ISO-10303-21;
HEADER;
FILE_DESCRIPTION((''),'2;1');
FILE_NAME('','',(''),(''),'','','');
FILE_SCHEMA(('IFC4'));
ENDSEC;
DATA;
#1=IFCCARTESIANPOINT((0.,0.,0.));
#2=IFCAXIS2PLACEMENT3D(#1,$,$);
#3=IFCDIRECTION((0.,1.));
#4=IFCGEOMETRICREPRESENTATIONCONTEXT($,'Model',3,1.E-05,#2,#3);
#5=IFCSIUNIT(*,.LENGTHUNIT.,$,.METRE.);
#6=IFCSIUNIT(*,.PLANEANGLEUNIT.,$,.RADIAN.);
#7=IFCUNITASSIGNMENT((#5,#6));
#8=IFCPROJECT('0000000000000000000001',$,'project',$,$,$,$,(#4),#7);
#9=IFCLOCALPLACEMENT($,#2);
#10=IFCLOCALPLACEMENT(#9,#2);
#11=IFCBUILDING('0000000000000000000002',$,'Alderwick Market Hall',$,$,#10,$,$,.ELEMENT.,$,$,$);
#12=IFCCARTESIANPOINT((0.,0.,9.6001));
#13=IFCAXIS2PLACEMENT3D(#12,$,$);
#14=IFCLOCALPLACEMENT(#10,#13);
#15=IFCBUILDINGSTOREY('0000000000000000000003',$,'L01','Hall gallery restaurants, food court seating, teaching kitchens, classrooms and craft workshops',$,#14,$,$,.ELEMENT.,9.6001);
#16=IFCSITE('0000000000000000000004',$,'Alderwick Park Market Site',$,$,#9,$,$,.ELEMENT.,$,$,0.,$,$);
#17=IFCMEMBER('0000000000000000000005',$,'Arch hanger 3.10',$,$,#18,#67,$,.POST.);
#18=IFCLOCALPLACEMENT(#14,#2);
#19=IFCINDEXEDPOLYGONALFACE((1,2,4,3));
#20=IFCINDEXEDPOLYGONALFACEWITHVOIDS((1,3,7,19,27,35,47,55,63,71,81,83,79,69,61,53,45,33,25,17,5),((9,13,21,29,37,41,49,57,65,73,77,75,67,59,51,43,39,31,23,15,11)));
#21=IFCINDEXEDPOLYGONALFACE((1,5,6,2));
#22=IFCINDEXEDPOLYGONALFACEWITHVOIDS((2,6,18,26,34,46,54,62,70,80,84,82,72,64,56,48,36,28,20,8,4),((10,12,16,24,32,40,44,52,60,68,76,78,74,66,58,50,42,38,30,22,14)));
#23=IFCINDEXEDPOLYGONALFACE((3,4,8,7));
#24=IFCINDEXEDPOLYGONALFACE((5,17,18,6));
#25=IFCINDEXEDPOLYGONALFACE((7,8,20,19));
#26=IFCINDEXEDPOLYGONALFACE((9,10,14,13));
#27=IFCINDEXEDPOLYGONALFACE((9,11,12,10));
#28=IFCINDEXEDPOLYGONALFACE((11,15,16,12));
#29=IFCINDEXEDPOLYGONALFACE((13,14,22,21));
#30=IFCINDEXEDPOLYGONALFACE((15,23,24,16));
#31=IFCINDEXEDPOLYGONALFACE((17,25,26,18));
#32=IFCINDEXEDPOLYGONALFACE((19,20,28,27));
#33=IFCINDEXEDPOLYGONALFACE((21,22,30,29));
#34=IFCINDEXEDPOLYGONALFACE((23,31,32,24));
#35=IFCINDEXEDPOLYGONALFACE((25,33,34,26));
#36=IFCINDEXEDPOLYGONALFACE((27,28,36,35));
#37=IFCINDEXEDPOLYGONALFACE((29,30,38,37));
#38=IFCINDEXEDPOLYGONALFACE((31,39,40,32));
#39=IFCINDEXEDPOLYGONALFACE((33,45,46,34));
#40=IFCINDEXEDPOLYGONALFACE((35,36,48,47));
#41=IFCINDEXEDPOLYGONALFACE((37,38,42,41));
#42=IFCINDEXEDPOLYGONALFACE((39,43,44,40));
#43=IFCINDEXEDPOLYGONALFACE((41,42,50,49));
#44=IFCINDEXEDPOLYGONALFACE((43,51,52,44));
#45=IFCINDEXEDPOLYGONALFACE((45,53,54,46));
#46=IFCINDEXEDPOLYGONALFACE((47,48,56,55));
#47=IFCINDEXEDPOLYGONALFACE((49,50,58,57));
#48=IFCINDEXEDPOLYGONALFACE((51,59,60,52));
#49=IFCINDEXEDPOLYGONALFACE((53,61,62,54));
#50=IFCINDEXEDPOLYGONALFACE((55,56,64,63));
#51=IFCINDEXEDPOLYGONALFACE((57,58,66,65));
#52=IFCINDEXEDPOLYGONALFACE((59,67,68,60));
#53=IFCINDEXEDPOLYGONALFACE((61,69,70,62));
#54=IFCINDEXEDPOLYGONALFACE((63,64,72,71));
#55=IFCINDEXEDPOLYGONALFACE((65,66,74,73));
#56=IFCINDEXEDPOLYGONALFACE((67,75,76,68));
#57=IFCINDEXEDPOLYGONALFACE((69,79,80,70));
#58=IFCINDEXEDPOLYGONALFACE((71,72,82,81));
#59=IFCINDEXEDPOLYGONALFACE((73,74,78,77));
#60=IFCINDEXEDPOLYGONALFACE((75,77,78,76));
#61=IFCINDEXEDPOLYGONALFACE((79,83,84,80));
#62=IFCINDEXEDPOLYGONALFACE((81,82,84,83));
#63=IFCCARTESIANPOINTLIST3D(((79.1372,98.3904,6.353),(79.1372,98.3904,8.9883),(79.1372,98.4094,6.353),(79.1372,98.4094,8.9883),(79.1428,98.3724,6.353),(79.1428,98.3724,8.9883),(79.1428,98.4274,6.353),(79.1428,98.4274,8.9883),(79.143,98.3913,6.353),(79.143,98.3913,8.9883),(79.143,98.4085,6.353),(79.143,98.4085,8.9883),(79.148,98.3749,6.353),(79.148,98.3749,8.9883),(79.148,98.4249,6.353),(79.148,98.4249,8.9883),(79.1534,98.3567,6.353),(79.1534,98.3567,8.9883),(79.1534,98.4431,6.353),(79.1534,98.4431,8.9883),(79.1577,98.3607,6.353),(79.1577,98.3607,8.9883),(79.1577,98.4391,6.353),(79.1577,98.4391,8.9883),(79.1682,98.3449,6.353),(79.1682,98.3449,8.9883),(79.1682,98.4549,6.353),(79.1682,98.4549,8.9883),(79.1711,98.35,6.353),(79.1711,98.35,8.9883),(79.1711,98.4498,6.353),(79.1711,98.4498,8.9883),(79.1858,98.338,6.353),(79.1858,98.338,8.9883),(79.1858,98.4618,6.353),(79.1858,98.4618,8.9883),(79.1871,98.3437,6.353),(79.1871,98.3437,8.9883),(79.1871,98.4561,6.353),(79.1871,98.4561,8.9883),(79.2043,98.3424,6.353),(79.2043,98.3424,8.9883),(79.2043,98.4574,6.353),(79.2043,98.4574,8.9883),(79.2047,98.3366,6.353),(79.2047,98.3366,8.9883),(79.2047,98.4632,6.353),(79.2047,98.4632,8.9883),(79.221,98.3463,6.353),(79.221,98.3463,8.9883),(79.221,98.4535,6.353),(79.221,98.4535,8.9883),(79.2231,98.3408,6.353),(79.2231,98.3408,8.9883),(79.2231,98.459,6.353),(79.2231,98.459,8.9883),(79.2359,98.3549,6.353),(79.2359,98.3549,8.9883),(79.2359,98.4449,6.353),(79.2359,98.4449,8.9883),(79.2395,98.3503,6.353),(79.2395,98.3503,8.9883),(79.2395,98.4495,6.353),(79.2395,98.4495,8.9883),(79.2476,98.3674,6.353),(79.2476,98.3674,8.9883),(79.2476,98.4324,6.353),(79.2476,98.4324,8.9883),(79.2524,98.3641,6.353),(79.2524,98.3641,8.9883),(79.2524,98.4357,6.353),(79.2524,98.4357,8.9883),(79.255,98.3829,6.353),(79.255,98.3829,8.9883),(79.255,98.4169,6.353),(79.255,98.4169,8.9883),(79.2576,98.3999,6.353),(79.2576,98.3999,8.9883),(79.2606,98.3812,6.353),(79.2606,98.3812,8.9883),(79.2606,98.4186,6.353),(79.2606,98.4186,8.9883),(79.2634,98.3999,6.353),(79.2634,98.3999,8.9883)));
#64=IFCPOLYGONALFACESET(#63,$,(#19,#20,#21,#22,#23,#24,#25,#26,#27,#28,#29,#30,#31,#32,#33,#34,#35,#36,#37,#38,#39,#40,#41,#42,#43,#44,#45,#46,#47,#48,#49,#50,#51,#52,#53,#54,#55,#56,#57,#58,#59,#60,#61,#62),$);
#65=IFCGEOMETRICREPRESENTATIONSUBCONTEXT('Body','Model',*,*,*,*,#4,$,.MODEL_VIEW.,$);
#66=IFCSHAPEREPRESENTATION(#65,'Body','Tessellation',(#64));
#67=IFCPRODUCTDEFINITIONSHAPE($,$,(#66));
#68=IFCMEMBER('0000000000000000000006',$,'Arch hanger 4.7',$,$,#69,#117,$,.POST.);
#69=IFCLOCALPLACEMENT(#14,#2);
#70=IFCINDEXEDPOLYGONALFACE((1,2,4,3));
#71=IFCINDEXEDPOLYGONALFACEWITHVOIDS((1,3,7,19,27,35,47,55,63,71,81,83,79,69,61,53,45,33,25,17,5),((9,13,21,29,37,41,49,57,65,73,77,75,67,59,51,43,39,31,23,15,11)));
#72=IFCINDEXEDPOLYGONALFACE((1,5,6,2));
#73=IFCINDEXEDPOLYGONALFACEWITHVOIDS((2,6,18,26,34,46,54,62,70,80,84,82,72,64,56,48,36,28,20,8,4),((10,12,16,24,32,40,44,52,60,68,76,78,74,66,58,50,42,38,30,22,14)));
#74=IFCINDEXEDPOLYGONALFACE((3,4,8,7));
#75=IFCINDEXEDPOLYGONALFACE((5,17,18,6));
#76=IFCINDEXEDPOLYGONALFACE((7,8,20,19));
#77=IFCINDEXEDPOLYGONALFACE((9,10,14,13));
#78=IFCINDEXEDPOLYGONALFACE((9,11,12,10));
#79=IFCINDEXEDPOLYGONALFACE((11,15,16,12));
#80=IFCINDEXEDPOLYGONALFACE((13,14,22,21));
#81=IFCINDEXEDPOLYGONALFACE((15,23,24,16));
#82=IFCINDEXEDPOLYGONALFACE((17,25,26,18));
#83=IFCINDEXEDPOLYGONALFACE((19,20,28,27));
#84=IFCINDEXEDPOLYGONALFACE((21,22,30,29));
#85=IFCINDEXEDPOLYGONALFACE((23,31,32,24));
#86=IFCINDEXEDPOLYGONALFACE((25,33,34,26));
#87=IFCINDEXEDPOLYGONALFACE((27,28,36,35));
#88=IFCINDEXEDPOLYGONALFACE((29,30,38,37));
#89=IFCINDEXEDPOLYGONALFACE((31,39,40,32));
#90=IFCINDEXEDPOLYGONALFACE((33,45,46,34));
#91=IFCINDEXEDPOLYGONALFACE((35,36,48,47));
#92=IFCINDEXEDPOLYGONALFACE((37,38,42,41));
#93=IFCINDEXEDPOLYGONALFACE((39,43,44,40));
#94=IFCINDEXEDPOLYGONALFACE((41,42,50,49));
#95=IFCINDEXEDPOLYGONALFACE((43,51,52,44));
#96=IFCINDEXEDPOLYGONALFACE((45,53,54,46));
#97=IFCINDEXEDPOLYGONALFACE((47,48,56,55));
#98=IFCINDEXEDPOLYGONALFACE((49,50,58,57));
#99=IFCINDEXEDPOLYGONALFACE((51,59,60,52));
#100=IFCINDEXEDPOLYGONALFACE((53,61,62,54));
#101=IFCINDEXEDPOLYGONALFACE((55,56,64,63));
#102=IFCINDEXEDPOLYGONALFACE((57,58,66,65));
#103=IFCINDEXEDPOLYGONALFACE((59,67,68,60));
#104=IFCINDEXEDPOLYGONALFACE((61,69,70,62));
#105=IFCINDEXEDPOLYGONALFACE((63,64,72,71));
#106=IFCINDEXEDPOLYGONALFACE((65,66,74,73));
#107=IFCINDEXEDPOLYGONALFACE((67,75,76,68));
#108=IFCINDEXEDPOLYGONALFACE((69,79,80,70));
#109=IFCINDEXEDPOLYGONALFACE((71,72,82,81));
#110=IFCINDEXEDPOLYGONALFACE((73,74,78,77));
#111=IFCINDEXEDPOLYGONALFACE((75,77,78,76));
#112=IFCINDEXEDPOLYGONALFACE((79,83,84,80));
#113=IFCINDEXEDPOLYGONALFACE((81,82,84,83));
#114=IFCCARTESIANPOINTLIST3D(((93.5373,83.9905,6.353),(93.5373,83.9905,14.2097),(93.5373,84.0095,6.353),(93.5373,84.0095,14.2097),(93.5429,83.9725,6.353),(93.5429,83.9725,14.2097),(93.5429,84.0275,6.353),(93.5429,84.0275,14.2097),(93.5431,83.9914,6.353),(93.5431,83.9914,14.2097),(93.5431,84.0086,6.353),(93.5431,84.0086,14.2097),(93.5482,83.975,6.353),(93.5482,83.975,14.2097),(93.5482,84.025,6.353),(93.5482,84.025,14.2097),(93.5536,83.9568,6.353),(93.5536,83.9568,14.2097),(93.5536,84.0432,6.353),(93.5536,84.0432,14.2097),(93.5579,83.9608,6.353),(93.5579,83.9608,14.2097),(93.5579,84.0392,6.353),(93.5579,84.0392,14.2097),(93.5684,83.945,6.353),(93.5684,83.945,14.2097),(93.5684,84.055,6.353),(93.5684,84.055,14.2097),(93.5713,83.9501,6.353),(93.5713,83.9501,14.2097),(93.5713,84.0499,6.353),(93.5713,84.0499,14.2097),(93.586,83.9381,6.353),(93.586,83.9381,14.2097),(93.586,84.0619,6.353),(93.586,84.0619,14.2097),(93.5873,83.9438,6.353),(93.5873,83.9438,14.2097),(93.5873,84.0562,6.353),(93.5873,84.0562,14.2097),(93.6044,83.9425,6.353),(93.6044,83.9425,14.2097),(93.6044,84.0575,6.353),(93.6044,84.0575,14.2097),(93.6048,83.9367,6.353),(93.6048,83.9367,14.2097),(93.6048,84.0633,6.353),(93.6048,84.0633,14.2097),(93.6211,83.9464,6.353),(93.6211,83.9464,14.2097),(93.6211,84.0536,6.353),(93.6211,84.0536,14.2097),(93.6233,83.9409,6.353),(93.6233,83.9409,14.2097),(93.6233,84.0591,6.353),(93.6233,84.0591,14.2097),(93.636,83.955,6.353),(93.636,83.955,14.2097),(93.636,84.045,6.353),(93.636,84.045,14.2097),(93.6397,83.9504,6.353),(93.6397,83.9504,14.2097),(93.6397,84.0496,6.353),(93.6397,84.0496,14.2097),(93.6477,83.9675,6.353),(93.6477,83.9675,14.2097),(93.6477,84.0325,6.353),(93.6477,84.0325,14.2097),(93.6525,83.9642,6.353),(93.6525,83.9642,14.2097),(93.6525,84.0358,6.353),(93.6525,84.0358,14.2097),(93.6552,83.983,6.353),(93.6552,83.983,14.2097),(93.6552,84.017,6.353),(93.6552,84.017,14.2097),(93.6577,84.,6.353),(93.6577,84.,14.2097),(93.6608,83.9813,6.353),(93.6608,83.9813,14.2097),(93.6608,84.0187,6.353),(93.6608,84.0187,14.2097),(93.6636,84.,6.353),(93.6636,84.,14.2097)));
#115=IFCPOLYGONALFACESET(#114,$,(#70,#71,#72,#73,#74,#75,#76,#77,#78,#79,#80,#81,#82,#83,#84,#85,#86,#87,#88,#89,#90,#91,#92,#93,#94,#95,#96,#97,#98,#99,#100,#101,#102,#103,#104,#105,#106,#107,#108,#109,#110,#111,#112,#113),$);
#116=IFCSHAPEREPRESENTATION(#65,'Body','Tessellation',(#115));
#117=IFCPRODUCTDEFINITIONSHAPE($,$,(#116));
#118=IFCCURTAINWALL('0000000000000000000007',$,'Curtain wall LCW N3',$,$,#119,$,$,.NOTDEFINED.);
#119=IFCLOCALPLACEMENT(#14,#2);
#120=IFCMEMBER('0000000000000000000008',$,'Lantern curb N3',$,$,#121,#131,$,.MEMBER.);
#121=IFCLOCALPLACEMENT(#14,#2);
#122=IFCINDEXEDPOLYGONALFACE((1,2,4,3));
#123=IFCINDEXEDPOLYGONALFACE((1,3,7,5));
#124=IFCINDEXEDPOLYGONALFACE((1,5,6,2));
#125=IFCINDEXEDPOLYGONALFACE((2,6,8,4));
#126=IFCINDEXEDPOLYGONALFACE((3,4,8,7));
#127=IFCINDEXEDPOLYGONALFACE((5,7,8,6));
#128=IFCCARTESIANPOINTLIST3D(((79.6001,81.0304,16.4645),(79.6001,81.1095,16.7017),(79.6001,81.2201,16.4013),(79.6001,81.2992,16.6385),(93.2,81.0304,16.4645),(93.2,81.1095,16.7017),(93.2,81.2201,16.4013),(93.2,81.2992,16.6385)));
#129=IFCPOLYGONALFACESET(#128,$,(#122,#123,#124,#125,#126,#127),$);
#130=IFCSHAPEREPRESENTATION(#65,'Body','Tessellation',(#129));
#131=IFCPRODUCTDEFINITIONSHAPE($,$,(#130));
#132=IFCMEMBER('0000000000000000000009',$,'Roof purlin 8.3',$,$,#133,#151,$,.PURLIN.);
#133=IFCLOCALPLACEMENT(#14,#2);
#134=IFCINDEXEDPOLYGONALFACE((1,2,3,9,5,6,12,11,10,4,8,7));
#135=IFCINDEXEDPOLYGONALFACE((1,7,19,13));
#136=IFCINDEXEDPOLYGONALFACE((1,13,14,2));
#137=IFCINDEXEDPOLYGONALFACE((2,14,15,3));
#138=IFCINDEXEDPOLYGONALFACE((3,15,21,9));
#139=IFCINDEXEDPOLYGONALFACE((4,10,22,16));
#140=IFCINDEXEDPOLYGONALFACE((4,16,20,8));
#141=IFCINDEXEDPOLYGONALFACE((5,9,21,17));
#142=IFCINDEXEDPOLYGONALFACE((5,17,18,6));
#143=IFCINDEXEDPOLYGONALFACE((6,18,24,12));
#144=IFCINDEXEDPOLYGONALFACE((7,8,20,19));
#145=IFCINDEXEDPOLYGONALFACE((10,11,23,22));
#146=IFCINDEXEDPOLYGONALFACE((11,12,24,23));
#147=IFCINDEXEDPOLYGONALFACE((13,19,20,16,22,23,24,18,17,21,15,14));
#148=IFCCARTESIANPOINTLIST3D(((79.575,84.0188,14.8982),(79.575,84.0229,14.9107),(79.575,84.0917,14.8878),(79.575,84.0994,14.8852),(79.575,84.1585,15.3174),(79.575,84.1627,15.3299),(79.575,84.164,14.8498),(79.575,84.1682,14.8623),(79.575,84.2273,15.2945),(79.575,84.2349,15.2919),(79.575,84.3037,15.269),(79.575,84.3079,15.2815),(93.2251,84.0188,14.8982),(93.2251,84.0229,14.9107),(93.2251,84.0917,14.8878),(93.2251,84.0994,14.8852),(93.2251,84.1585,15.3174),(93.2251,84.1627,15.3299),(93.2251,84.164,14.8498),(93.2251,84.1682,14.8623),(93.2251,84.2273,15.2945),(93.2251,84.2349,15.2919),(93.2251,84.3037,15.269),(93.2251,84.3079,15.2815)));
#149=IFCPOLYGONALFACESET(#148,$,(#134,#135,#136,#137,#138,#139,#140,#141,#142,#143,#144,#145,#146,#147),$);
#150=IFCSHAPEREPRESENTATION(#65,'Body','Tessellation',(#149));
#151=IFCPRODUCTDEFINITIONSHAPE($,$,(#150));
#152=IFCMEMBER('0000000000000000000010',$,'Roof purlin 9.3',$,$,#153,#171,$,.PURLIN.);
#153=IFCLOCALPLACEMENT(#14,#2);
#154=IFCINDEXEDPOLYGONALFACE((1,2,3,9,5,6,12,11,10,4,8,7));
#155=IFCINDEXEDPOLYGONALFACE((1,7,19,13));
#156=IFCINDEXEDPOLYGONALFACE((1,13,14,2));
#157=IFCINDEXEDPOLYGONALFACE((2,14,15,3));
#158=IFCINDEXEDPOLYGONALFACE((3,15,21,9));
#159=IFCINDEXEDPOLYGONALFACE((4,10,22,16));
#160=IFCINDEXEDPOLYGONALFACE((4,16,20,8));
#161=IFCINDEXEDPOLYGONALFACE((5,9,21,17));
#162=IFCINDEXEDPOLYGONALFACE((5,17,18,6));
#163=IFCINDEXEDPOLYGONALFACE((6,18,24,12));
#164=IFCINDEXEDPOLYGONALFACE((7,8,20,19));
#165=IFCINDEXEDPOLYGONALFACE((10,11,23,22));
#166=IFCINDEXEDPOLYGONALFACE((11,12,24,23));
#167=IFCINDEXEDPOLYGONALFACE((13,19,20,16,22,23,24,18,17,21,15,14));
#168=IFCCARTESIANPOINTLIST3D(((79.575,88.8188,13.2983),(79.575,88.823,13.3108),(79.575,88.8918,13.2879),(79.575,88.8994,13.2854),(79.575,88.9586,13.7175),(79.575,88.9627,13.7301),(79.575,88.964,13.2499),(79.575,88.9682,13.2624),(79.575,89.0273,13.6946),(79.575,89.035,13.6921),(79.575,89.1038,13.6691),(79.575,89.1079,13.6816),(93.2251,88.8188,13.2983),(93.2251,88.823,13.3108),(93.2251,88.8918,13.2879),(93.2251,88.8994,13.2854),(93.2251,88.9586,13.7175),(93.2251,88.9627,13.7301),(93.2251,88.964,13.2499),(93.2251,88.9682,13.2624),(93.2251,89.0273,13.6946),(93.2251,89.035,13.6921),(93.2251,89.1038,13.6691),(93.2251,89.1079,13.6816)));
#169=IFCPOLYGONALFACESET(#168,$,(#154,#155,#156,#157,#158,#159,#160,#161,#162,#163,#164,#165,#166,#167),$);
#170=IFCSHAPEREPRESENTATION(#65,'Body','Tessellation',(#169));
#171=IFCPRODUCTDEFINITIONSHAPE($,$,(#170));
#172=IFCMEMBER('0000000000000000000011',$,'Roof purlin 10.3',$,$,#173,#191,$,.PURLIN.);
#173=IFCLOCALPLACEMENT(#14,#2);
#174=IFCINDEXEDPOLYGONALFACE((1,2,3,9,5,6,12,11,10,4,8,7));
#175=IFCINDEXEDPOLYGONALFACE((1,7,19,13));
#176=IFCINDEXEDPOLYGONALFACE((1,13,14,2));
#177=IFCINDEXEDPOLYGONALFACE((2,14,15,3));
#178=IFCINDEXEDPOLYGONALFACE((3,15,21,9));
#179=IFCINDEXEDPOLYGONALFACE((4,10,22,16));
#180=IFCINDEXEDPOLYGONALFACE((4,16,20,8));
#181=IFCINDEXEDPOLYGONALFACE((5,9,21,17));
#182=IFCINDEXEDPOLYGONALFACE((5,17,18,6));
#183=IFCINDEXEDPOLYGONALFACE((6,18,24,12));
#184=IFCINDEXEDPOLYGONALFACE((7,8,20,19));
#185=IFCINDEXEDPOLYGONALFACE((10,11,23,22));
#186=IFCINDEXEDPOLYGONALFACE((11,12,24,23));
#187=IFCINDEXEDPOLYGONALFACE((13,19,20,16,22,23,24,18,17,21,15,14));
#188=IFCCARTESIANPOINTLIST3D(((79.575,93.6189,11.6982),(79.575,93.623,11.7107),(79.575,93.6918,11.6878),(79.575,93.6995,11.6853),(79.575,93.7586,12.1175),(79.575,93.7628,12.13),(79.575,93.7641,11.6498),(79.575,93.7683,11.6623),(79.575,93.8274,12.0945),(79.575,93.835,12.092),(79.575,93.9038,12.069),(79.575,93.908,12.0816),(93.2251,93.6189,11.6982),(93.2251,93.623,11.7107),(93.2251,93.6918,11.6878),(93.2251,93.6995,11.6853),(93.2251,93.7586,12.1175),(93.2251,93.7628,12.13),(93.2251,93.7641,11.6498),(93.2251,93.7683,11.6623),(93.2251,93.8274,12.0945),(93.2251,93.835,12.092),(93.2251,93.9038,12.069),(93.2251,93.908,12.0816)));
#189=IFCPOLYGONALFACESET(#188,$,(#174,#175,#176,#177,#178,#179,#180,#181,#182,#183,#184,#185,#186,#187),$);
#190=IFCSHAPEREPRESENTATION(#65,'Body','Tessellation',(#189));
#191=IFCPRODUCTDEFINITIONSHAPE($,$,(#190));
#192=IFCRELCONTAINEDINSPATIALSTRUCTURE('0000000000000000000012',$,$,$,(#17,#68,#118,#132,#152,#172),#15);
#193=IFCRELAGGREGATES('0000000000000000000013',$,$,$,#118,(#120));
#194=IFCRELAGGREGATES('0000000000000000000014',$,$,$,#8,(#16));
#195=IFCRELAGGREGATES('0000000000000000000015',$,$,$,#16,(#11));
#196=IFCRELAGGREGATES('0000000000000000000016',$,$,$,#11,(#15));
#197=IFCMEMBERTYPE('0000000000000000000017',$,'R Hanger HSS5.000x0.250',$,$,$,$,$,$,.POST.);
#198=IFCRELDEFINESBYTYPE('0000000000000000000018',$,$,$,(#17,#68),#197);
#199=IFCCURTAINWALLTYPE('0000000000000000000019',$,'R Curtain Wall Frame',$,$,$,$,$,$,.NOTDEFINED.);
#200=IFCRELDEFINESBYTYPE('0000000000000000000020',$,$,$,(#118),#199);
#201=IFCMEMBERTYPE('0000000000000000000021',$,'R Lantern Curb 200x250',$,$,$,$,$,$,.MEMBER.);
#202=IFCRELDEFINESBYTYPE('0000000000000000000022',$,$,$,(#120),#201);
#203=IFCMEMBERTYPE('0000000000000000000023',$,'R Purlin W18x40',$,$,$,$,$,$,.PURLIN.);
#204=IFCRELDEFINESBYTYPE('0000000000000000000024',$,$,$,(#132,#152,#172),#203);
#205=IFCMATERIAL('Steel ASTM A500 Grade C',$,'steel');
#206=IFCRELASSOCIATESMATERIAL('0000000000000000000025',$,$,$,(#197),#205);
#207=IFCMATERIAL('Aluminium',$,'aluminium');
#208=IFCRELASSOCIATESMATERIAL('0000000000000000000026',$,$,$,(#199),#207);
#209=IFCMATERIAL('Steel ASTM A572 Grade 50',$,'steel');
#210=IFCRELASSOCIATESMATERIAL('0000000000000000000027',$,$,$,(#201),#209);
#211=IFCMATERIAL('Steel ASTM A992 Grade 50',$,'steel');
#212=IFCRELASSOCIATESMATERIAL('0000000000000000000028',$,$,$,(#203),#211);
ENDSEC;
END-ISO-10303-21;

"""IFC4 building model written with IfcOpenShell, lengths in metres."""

from ifc_helpers import new_model, si_unit, direction, frame, origin, origin_2d, place, context, subcontext, project, spatial, rectangle, hollow_circle, i_section, extrude, material, material_profile, profile_set, type_object, element, aggregate, save


model = new_model("IFC4")

# Units and contexts
model_context = context("Model", 3, precision=1e-05, world=origin(), true_north=direction((0.0, 1.0)))
body_context = subcontext(model_context, "Body", "Model", "MODEL_VIEW")
ifc_project = project(units=[si_unit("LENGTHUNIT", "METRE"), si_unit("PLANEANGLEUNIT", "RADIAN")], contexts=[model_context])

# Site, building, storey
site_placement = place(None, origin())
site = spatial("IfcSite", under=ifc_project, at=site_placement, Name="Alderwick Park Market Site", CompositionType="ELEMENT", RefElevation=0.0)
building_placement = place(site_placement, origin())
building = spatial("IfcBuilding", under=site, at=building_placement, Name="Alderwick Market Hall", CompositionType="ELEMENT")
storey_placement = place(building_placement, frame((0.0, 0.0, 9.6001)))
storey = spatial("IfcBuildingStorey", under=building, at=storey_placement, Name="L01", Description="Hall gallery restaurants, food court seating, teaching kitchens, classrooms and craft workshops", CompositionType="ELEMENT", Elevation=9.6001)

# Members
ifc_material_1 = material(Name="Steel ASTM A500 Grade C", Category="steel")
ifc_material_profile_1 = material_profile(ifc_material_1, hollow_circle(Radius=0.0635, WallThickness=0.0059, at=origin_2d()), Name="HSS5.000x0.250")
ifc_profile_set_1 = profile_set([ifc_material_profile_1], Name="Steel ASTM A500 Grade C")
member_type_1 = type_object("IfcMemberType", Name="R Hanger HSS5.000x0.250", PredefinedType="POST", material=ifc_profile_set_1)
member_1_placement = place(storey_placement, frame((79.2, 98.3999, 6.353), z_axis=(0.0, 0.0, 1.0), x_axis=(1.0, 0.0, 0.0)))
element("IfcMember", 1, at=member_1_placement, inside=storey, type_object=member_type_1, Name="Arch hanger 3.10", PredefinedType="POST", context=body_context, shape_type="SweptSolid", body=[
    extrude(hollow_circle(Radius=0.0635, WallThickness=0.0059, at=origin_2d()), origin(), (0.0, 0.0, 1.0), 2.6353),
])
member_2_placement = place(storey_placement, frame((93.6001, 84.0, 6.353), z_axis=(0.0, 0.0, 1.0), x_axis=(1.0, 0.0, 0.0)))
element("IfcMember", 2, at=member_2_placement, inside=storey, type_object=member_type_1, Name="Arch hanger 4.7", PredefinedType="POST", context=body_context, shape_type="SweptSolid", body=[
    extrude(hollow_circle(Radius=0.0635, WallThickness=0.0059, at=origin_2d()), origin(), (0.0, 0.0, 1.0), 7.8567),
])

# Curtain wall, member
ifc_material_2 = material(Name="Aluminium", Category="aluminium")
curtain_wall_type = type_object("IfcCurtainWallType", Name="R Curtain Wall Frame", PredefinedType="NOTDEFINED", material=ifc_material_2)
curtain_wall_placement = place(storey_placement, origin())
curtain_wall = element("IfcCurtainWall", 3, at=curtain_wall_placement, inside=storey, type_object=curtain_wall_type, Name="Curtain wall LCW N3", PredefinedType="NOTDEFINED")
ifc_material_3 = material(Name="Steel ASTM A572 Grade 50", Category="steel")
ifc_material_profile_2 = material_profile(ifc_material_3, rectangle(XDim=0.2, YDim=0.25, at=origin_2d()), Name="Steel plate curb 200x250")
ifc_profile_set_2 = profile_set([ifc_material_profile_2], Name="Steel ASTM A572 Grade 50")
member_type_2 = type_object("IfcMemberType", Name="R Lantern Curb 200x250", PredefinedType="MEMBER", material=ifc_profile_set_2)
member_3_placement = place(storey_placement, frame((79.6001, 81.1648, 16.5515), z_axis=(1.0, 0.0, 0.0), x_axis=(0.0, 0.948683, -0.316228)))
member_3 = element("IfcMember", 4, at=member_3_placement, type_object=member_type_2, Name="Lantern curb N3", PredefinedType="MEMBER", context=body_context, shape_type="SweptSolid", body=[
    extrude(rectangle(XDim=0.2, YDim=0.25, at=origin_2d()), origin(), (0.0, 0.0, 1.0), 13.5999),
])

# Members
ifc_material_4 = material(Name="Steel ASTM A992 Grade 50", Category="steel")
ifc_material_profile_3 = material_profile(ifc_material_4, i_section(OverallWidth=0.1531, OverallDepth=0.4551, WebThickness=0.0081, FlangeThickness=0.0132, at=origin_2d()), Name="W18x40")
ifc_profile_set_3 = profile_set([ifc_material_profile_3], Name="Steel ASTM A992 Grade 50")
member_type_3 = type_object("IfcMemberType", Name="R Purlin W18x40", PredefinedType="PURLIN", material=ifc_profile_set_3)
for number, where, z_axis, x_axis, name in (
    (5, (79.575, 84.1633, 15.0898), (1.0, 0.0, 0.0), (0.0, 0.948683, -0.316228), "Roof purlin 8.3"),
    (6, (79.575, 88.9634, 13.49), (1.0, 0.0, 0.0), (0.0, 0.948683, -0.316228), "Roof purlin 9.3"),
    (7, (79.575, 93.7634, 11.8899), (1.0, 0.0, 0.0), (0.0, 0.948683, -0.316228), "Roof purlin 10.3"),
):
    element("IfcMember", number, at=place(storey_placement, frame(where, z_axis=z_axis, x_axis=x_axis)), inside=storey, type_object=member_type_3, Name=name, PredefinedType="PURLIN", context=body_context, shape_type="SweptSolid", body=[
        extrude(i_section(OverallWidth=0.1531, OverallDepth=0.4551, WebThickness=0.0081, FlangeThickness=0.0132, at=origin_2d()), origin(), (0.0, 0.0, 1.0), 13.6501),
    ])

aggregate(curtain_wall, [member_3])

save(model, "model.ifc")
